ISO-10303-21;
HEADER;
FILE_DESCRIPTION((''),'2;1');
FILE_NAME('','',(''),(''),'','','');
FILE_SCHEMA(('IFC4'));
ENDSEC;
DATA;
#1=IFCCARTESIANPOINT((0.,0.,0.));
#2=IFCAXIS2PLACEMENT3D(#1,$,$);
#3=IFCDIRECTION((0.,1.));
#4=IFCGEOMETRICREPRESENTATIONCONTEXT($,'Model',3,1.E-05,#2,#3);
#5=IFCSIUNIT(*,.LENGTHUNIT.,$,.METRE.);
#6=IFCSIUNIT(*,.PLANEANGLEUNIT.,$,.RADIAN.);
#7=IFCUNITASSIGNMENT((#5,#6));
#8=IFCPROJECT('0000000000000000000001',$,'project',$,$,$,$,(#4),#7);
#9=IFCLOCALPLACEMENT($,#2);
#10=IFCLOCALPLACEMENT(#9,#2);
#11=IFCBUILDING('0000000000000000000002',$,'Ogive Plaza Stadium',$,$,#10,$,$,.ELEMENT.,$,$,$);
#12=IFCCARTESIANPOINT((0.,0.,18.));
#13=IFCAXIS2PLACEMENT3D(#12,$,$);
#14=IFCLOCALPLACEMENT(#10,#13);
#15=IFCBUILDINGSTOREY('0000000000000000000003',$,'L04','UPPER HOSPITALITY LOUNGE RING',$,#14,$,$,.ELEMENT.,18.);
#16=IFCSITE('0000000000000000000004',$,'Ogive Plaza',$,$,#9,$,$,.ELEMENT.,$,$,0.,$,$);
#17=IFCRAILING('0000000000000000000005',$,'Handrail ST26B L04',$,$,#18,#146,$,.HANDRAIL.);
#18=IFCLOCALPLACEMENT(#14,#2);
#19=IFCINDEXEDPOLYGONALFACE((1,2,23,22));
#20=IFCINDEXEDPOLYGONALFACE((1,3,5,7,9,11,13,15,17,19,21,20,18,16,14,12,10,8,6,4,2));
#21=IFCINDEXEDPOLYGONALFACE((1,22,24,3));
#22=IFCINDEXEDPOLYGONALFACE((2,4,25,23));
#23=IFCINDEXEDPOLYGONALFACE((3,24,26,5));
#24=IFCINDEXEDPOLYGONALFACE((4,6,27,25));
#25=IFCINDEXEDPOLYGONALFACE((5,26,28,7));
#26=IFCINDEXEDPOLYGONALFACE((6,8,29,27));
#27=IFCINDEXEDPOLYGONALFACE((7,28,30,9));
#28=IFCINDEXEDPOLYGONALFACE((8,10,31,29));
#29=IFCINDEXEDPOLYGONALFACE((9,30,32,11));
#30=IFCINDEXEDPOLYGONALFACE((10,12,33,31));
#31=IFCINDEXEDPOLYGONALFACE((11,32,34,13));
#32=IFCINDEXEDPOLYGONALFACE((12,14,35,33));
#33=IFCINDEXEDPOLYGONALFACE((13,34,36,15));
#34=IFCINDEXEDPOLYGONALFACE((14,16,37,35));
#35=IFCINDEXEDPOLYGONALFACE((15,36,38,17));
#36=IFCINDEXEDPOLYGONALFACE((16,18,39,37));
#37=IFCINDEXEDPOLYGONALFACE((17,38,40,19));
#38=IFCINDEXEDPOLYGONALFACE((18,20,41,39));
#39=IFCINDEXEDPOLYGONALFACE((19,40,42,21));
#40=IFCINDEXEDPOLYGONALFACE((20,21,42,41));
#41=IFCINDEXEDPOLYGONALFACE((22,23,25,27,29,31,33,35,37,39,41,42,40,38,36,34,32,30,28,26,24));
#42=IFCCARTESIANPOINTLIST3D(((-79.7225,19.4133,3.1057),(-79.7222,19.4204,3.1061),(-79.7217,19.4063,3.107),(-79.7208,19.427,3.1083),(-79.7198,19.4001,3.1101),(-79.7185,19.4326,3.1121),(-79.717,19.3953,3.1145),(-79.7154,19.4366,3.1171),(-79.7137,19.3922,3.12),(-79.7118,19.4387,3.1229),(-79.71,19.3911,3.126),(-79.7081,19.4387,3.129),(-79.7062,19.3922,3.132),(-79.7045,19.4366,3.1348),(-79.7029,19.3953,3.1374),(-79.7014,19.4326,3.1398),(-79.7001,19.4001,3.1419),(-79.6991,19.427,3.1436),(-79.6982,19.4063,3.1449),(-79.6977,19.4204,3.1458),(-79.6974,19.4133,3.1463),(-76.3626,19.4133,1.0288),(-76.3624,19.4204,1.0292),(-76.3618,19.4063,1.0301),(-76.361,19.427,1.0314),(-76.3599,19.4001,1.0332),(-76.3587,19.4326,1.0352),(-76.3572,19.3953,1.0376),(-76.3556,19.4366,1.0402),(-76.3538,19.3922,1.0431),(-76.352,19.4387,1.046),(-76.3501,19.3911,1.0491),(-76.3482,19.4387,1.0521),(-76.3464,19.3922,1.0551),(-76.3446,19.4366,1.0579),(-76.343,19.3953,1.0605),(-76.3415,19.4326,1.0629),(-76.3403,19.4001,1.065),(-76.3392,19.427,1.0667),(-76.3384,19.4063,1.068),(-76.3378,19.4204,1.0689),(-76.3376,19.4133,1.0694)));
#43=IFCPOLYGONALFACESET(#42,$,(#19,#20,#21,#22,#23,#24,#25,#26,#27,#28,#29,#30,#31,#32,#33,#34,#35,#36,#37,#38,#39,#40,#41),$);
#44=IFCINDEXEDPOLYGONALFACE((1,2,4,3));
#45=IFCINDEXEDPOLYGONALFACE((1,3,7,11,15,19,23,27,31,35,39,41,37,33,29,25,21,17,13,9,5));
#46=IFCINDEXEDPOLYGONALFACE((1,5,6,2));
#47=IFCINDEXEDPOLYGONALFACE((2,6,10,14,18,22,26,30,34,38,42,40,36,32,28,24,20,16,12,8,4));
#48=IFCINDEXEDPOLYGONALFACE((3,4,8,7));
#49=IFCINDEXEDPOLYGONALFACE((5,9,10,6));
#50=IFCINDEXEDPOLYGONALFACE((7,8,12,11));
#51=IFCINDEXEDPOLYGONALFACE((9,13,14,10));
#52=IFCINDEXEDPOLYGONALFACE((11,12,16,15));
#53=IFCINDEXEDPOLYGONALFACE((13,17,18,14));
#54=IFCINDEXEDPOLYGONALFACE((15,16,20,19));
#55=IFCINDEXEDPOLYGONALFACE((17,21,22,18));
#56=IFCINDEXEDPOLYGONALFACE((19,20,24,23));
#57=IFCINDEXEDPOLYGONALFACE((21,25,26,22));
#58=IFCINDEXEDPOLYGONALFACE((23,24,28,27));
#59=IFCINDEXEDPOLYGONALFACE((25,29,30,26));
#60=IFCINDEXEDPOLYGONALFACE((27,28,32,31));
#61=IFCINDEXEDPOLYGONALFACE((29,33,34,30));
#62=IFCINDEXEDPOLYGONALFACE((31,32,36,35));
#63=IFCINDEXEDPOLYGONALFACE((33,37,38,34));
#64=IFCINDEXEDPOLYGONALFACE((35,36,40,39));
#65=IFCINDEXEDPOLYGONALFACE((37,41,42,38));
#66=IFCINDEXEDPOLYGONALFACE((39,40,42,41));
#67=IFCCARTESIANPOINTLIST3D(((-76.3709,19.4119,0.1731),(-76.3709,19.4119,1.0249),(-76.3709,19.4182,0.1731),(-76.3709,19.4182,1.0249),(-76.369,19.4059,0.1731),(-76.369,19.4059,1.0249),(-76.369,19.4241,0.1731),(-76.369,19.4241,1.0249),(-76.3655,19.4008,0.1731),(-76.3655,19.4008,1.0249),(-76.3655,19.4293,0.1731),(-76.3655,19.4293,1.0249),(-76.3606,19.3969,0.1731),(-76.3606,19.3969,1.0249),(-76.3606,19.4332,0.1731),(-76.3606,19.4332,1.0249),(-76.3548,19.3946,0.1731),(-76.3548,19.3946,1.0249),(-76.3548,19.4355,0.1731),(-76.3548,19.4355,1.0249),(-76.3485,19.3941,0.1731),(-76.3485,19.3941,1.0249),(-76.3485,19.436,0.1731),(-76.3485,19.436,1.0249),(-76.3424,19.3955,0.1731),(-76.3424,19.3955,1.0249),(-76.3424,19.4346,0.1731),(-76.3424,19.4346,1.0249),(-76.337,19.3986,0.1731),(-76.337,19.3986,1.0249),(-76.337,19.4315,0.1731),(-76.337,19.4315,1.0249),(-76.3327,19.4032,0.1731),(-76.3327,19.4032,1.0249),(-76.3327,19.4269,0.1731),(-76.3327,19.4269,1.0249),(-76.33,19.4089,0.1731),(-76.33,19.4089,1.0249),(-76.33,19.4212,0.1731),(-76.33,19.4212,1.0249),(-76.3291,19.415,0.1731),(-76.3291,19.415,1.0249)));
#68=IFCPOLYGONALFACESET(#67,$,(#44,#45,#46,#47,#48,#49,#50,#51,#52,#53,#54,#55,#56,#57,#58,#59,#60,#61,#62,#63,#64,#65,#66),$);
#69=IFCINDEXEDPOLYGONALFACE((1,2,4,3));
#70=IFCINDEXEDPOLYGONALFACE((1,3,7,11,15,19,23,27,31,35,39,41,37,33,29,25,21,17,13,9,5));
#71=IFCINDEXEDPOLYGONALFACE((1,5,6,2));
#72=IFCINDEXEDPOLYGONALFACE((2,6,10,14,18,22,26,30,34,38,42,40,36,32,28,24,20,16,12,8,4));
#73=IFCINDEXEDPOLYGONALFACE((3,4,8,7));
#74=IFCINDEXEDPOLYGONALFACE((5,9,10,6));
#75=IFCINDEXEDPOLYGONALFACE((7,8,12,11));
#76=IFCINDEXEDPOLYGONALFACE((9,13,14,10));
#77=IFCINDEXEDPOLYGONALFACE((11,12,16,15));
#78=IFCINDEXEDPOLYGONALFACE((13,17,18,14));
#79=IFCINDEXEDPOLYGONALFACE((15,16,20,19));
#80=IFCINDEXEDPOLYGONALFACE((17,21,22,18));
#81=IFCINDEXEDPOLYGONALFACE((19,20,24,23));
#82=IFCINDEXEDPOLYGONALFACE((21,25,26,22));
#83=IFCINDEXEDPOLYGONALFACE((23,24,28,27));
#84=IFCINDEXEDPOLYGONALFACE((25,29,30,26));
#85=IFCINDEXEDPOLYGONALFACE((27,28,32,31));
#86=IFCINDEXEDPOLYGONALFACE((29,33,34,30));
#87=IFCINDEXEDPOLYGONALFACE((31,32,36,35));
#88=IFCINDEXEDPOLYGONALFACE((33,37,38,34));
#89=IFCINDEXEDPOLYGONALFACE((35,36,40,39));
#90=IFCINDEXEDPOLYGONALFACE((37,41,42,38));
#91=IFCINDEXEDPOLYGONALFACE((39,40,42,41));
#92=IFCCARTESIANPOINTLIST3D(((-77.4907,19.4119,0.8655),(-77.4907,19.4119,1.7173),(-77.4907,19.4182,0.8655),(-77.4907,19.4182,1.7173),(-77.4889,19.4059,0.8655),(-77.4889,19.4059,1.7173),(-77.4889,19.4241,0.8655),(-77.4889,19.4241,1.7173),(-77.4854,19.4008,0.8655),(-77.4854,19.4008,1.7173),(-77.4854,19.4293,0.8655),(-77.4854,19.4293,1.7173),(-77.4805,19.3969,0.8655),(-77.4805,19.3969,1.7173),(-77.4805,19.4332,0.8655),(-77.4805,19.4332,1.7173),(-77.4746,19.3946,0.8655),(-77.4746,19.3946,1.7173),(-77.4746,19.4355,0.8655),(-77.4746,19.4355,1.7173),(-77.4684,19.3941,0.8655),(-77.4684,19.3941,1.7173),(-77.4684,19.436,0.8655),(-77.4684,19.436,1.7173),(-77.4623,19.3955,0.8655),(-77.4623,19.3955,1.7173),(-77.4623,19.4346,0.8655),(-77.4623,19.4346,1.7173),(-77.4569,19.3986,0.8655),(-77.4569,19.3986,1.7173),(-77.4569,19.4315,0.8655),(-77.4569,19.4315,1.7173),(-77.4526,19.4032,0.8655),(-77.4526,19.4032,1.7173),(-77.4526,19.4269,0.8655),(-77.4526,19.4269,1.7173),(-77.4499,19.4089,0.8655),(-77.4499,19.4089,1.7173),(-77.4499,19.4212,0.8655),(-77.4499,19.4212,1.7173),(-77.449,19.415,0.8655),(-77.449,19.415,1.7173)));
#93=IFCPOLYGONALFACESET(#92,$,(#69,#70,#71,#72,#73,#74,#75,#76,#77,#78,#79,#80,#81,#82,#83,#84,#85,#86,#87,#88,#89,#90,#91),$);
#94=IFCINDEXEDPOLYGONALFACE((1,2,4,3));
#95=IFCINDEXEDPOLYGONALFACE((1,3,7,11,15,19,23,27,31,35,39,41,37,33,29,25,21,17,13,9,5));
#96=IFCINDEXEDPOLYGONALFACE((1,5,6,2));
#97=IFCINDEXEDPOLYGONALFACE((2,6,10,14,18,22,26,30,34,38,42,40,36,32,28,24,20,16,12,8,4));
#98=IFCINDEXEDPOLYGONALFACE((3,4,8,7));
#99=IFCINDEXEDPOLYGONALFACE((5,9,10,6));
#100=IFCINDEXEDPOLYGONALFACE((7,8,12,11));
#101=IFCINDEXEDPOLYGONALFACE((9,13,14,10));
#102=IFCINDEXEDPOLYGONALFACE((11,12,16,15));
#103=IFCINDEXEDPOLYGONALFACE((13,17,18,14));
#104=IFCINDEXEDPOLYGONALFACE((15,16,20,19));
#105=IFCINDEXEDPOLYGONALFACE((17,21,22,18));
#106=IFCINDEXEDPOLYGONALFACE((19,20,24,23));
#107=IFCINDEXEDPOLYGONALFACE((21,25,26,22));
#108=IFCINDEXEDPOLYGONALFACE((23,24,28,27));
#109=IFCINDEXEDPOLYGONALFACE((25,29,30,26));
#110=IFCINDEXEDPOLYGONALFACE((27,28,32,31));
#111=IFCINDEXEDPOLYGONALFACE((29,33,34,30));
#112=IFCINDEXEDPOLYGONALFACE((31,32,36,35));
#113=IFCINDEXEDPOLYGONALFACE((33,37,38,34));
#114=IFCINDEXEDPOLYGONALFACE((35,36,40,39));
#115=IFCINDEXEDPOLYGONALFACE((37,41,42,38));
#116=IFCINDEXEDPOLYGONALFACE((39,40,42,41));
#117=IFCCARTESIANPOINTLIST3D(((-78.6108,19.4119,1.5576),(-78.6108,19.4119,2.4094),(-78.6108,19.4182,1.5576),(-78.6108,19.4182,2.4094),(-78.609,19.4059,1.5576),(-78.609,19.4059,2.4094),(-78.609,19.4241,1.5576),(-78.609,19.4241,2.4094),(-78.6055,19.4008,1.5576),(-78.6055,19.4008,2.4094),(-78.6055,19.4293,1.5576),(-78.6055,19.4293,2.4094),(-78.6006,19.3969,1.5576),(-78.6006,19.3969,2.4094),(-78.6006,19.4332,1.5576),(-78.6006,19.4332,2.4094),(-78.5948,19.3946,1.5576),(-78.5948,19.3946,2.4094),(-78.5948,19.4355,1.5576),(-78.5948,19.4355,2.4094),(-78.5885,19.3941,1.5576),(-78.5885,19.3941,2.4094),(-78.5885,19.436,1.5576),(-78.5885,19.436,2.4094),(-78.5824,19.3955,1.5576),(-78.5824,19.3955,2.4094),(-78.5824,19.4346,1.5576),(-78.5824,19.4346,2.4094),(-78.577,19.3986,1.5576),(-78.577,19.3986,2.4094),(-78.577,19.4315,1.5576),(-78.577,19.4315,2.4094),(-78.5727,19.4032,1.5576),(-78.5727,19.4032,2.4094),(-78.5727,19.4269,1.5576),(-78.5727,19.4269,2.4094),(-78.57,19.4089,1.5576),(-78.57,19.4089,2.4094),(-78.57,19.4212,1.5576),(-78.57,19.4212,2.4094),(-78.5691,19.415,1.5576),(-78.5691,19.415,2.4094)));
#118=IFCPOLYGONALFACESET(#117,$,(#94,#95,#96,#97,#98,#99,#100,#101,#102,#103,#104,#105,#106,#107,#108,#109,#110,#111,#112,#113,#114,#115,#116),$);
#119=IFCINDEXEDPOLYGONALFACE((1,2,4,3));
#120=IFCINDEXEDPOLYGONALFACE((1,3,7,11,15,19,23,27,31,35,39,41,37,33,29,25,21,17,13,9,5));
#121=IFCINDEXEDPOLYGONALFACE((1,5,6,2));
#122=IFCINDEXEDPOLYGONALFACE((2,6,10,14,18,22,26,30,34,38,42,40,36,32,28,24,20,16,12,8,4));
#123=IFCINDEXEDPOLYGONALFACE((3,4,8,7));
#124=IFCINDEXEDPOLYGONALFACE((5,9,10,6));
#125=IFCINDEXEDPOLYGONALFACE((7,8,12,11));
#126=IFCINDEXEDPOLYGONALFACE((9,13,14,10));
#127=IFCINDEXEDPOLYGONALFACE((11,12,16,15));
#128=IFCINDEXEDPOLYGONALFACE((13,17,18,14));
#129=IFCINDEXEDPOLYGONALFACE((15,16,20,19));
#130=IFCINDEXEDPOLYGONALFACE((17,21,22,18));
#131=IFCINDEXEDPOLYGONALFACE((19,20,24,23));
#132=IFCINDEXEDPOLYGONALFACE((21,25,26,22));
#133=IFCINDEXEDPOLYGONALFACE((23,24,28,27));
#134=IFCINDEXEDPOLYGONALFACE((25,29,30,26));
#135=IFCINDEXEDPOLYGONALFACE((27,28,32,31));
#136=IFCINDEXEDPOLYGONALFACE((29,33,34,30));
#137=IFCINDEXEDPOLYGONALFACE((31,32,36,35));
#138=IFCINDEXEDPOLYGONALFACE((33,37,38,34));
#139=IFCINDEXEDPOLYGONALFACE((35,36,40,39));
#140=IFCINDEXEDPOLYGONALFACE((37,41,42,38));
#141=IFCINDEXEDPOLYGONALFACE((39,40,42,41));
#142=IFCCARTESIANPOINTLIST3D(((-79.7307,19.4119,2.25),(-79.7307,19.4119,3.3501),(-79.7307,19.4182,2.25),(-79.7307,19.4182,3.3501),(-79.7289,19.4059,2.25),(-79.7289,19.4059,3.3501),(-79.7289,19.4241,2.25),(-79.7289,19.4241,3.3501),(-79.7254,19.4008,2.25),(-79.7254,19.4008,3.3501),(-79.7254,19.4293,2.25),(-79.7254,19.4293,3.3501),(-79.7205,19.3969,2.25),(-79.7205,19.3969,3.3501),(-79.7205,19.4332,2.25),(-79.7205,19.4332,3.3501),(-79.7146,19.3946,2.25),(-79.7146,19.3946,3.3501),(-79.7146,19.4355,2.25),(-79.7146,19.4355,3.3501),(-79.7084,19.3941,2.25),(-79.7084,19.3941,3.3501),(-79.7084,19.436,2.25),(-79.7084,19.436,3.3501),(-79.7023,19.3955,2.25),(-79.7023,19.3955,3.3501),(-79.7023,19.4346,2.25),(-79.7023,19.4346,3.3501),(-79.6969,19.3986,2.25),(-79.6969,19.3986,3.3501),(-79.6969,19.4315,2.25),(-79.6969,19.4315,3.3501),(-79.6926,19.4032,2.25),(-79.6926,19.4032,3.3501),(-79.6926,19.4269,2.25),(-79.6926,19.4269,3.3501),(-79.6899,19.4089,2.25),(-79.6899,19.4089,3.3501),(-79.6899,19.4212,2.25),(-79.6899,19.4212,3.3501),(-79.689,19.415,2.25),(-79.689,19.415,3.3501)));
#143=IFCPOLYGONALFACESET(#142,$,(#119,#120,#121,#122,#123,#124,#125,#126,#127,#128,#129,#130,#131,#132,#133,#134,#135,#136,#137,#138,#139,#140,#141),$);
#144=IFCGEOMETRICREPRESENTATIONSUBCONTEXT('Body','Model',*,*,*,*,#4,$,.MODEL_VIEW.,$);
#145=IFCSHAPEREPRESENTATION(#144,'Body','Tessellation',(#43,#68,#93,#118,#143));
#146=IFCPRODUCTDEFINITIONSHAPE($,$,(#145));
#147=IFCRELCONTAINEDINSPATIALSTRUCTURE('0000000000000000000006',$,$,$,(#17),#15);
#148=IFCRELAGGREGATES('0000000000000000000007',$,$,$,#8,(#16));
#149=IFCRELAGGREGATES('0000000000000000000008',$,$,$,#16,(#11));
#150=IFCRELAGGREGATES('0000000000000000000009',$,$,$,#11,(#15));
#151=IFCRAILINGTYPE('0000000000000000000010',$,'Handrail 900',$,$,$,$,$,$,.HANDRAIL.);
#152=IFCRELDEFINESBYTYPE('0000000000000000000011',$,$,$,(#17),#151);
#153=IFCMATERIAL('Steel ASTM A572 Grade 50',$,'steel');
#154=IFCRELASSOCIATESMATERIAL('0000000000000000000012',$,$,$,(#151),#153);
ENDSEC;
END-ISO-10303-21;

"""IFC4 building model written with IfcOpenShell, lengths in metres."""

from ifc_helpers import new_model, si_unit, direction, frame, origin, origin_2d, place, context, subcontext, project, spatial, circle, extrude, material, type_object, element, save


model = new_model("IFC4")

# Units and contexts
model_context = context("Model", 3, precision=1e-05, world=origin(), true_north=direction((0.0, 1.0)))
body_context = subcontext(model_context, "Body", "Model", "MODEL_VIEW")
ifc_project = project(units=[si_unit("LENGTHUNIT", "METRE"), si_unit("PLANEANGLEUNIT", "RADIAN")], contexts=[model_context])

# Site, building, storey
site_placement = place(None, origin())
site = spatial("IfcSite", under=ifc_project, at=site_placement, Name="Ogive Plaza", CompositionType="ELEMENT", RefElevation=0.0)
building_placement = place(site_placement, origin())
building = spatial("IfcBuilding", under=site, at=building_placement, Name="Ogive Plaza Stadium", CompositionType="ELEMENT")
storey_placement = place(building_placement, frame((0.0, 0.0, 18.0)))
storey = spatial("IfcBuildingStorey", under=building, at=storey_placement, Name="L04", Description="UPPER HOSPITALITY LOUNGE RING", CompositionType="ELEMENT", Elevation=18.0)

# Railing
ifc_material_1 = material(Name="Steel ASTM A572 Grade 50", Category="steel")
railing_type_1 = type_object("IfcRailingType", Name="Handrail 900", PredefinedType="HANDRAIL", material=ifc_material_1)
for number, where, name in (
    (1, (-76.3501, 19.415, 0.1731), "Handrail ST26B L04"),
):
    element("IfcRailing", number, at=place(storey_placement, frame(where)), inside=storey, type_object=railing_type_1, Name=name, PredefinedType="HANDRAIL", context=body_context, shape_type="SweptSolid", body=[
        extrude(circle(Radius=0.0239, at=origin_2d()), frame((0.0, 0.0, 0.876), z_axis=(-0.850606, 0.0, 0.525803), x_axis=(0.0, -1.0, 0.0)), (0.0, 0.0, 1.0), 3.95),
        extrude(circle(Radius=0.021, at=origin_2d()), origin(), (0.0, 0.0, 1.0), 0.8518),
        extrude(circle(Radius=0.021, at=origin_2d()), frame((-1.1199, 0.0, 0.6924)), (0.0, 0.0, 1.0), 0.8518),
        extrude(circle(Radius=0.021, at=origin_2d()), frame((-2.24, 0.0, 1.3845)), (0.0, 0.0, 1.0), 0.8518),
        extrude(circle(Radius=0.021, at=origin_2d()), frame((-3.3599, 0.0, 2.0769)), (0.0, 0.0, 1.0), 1.1001),
    ])

save(model, "model.ifc")
